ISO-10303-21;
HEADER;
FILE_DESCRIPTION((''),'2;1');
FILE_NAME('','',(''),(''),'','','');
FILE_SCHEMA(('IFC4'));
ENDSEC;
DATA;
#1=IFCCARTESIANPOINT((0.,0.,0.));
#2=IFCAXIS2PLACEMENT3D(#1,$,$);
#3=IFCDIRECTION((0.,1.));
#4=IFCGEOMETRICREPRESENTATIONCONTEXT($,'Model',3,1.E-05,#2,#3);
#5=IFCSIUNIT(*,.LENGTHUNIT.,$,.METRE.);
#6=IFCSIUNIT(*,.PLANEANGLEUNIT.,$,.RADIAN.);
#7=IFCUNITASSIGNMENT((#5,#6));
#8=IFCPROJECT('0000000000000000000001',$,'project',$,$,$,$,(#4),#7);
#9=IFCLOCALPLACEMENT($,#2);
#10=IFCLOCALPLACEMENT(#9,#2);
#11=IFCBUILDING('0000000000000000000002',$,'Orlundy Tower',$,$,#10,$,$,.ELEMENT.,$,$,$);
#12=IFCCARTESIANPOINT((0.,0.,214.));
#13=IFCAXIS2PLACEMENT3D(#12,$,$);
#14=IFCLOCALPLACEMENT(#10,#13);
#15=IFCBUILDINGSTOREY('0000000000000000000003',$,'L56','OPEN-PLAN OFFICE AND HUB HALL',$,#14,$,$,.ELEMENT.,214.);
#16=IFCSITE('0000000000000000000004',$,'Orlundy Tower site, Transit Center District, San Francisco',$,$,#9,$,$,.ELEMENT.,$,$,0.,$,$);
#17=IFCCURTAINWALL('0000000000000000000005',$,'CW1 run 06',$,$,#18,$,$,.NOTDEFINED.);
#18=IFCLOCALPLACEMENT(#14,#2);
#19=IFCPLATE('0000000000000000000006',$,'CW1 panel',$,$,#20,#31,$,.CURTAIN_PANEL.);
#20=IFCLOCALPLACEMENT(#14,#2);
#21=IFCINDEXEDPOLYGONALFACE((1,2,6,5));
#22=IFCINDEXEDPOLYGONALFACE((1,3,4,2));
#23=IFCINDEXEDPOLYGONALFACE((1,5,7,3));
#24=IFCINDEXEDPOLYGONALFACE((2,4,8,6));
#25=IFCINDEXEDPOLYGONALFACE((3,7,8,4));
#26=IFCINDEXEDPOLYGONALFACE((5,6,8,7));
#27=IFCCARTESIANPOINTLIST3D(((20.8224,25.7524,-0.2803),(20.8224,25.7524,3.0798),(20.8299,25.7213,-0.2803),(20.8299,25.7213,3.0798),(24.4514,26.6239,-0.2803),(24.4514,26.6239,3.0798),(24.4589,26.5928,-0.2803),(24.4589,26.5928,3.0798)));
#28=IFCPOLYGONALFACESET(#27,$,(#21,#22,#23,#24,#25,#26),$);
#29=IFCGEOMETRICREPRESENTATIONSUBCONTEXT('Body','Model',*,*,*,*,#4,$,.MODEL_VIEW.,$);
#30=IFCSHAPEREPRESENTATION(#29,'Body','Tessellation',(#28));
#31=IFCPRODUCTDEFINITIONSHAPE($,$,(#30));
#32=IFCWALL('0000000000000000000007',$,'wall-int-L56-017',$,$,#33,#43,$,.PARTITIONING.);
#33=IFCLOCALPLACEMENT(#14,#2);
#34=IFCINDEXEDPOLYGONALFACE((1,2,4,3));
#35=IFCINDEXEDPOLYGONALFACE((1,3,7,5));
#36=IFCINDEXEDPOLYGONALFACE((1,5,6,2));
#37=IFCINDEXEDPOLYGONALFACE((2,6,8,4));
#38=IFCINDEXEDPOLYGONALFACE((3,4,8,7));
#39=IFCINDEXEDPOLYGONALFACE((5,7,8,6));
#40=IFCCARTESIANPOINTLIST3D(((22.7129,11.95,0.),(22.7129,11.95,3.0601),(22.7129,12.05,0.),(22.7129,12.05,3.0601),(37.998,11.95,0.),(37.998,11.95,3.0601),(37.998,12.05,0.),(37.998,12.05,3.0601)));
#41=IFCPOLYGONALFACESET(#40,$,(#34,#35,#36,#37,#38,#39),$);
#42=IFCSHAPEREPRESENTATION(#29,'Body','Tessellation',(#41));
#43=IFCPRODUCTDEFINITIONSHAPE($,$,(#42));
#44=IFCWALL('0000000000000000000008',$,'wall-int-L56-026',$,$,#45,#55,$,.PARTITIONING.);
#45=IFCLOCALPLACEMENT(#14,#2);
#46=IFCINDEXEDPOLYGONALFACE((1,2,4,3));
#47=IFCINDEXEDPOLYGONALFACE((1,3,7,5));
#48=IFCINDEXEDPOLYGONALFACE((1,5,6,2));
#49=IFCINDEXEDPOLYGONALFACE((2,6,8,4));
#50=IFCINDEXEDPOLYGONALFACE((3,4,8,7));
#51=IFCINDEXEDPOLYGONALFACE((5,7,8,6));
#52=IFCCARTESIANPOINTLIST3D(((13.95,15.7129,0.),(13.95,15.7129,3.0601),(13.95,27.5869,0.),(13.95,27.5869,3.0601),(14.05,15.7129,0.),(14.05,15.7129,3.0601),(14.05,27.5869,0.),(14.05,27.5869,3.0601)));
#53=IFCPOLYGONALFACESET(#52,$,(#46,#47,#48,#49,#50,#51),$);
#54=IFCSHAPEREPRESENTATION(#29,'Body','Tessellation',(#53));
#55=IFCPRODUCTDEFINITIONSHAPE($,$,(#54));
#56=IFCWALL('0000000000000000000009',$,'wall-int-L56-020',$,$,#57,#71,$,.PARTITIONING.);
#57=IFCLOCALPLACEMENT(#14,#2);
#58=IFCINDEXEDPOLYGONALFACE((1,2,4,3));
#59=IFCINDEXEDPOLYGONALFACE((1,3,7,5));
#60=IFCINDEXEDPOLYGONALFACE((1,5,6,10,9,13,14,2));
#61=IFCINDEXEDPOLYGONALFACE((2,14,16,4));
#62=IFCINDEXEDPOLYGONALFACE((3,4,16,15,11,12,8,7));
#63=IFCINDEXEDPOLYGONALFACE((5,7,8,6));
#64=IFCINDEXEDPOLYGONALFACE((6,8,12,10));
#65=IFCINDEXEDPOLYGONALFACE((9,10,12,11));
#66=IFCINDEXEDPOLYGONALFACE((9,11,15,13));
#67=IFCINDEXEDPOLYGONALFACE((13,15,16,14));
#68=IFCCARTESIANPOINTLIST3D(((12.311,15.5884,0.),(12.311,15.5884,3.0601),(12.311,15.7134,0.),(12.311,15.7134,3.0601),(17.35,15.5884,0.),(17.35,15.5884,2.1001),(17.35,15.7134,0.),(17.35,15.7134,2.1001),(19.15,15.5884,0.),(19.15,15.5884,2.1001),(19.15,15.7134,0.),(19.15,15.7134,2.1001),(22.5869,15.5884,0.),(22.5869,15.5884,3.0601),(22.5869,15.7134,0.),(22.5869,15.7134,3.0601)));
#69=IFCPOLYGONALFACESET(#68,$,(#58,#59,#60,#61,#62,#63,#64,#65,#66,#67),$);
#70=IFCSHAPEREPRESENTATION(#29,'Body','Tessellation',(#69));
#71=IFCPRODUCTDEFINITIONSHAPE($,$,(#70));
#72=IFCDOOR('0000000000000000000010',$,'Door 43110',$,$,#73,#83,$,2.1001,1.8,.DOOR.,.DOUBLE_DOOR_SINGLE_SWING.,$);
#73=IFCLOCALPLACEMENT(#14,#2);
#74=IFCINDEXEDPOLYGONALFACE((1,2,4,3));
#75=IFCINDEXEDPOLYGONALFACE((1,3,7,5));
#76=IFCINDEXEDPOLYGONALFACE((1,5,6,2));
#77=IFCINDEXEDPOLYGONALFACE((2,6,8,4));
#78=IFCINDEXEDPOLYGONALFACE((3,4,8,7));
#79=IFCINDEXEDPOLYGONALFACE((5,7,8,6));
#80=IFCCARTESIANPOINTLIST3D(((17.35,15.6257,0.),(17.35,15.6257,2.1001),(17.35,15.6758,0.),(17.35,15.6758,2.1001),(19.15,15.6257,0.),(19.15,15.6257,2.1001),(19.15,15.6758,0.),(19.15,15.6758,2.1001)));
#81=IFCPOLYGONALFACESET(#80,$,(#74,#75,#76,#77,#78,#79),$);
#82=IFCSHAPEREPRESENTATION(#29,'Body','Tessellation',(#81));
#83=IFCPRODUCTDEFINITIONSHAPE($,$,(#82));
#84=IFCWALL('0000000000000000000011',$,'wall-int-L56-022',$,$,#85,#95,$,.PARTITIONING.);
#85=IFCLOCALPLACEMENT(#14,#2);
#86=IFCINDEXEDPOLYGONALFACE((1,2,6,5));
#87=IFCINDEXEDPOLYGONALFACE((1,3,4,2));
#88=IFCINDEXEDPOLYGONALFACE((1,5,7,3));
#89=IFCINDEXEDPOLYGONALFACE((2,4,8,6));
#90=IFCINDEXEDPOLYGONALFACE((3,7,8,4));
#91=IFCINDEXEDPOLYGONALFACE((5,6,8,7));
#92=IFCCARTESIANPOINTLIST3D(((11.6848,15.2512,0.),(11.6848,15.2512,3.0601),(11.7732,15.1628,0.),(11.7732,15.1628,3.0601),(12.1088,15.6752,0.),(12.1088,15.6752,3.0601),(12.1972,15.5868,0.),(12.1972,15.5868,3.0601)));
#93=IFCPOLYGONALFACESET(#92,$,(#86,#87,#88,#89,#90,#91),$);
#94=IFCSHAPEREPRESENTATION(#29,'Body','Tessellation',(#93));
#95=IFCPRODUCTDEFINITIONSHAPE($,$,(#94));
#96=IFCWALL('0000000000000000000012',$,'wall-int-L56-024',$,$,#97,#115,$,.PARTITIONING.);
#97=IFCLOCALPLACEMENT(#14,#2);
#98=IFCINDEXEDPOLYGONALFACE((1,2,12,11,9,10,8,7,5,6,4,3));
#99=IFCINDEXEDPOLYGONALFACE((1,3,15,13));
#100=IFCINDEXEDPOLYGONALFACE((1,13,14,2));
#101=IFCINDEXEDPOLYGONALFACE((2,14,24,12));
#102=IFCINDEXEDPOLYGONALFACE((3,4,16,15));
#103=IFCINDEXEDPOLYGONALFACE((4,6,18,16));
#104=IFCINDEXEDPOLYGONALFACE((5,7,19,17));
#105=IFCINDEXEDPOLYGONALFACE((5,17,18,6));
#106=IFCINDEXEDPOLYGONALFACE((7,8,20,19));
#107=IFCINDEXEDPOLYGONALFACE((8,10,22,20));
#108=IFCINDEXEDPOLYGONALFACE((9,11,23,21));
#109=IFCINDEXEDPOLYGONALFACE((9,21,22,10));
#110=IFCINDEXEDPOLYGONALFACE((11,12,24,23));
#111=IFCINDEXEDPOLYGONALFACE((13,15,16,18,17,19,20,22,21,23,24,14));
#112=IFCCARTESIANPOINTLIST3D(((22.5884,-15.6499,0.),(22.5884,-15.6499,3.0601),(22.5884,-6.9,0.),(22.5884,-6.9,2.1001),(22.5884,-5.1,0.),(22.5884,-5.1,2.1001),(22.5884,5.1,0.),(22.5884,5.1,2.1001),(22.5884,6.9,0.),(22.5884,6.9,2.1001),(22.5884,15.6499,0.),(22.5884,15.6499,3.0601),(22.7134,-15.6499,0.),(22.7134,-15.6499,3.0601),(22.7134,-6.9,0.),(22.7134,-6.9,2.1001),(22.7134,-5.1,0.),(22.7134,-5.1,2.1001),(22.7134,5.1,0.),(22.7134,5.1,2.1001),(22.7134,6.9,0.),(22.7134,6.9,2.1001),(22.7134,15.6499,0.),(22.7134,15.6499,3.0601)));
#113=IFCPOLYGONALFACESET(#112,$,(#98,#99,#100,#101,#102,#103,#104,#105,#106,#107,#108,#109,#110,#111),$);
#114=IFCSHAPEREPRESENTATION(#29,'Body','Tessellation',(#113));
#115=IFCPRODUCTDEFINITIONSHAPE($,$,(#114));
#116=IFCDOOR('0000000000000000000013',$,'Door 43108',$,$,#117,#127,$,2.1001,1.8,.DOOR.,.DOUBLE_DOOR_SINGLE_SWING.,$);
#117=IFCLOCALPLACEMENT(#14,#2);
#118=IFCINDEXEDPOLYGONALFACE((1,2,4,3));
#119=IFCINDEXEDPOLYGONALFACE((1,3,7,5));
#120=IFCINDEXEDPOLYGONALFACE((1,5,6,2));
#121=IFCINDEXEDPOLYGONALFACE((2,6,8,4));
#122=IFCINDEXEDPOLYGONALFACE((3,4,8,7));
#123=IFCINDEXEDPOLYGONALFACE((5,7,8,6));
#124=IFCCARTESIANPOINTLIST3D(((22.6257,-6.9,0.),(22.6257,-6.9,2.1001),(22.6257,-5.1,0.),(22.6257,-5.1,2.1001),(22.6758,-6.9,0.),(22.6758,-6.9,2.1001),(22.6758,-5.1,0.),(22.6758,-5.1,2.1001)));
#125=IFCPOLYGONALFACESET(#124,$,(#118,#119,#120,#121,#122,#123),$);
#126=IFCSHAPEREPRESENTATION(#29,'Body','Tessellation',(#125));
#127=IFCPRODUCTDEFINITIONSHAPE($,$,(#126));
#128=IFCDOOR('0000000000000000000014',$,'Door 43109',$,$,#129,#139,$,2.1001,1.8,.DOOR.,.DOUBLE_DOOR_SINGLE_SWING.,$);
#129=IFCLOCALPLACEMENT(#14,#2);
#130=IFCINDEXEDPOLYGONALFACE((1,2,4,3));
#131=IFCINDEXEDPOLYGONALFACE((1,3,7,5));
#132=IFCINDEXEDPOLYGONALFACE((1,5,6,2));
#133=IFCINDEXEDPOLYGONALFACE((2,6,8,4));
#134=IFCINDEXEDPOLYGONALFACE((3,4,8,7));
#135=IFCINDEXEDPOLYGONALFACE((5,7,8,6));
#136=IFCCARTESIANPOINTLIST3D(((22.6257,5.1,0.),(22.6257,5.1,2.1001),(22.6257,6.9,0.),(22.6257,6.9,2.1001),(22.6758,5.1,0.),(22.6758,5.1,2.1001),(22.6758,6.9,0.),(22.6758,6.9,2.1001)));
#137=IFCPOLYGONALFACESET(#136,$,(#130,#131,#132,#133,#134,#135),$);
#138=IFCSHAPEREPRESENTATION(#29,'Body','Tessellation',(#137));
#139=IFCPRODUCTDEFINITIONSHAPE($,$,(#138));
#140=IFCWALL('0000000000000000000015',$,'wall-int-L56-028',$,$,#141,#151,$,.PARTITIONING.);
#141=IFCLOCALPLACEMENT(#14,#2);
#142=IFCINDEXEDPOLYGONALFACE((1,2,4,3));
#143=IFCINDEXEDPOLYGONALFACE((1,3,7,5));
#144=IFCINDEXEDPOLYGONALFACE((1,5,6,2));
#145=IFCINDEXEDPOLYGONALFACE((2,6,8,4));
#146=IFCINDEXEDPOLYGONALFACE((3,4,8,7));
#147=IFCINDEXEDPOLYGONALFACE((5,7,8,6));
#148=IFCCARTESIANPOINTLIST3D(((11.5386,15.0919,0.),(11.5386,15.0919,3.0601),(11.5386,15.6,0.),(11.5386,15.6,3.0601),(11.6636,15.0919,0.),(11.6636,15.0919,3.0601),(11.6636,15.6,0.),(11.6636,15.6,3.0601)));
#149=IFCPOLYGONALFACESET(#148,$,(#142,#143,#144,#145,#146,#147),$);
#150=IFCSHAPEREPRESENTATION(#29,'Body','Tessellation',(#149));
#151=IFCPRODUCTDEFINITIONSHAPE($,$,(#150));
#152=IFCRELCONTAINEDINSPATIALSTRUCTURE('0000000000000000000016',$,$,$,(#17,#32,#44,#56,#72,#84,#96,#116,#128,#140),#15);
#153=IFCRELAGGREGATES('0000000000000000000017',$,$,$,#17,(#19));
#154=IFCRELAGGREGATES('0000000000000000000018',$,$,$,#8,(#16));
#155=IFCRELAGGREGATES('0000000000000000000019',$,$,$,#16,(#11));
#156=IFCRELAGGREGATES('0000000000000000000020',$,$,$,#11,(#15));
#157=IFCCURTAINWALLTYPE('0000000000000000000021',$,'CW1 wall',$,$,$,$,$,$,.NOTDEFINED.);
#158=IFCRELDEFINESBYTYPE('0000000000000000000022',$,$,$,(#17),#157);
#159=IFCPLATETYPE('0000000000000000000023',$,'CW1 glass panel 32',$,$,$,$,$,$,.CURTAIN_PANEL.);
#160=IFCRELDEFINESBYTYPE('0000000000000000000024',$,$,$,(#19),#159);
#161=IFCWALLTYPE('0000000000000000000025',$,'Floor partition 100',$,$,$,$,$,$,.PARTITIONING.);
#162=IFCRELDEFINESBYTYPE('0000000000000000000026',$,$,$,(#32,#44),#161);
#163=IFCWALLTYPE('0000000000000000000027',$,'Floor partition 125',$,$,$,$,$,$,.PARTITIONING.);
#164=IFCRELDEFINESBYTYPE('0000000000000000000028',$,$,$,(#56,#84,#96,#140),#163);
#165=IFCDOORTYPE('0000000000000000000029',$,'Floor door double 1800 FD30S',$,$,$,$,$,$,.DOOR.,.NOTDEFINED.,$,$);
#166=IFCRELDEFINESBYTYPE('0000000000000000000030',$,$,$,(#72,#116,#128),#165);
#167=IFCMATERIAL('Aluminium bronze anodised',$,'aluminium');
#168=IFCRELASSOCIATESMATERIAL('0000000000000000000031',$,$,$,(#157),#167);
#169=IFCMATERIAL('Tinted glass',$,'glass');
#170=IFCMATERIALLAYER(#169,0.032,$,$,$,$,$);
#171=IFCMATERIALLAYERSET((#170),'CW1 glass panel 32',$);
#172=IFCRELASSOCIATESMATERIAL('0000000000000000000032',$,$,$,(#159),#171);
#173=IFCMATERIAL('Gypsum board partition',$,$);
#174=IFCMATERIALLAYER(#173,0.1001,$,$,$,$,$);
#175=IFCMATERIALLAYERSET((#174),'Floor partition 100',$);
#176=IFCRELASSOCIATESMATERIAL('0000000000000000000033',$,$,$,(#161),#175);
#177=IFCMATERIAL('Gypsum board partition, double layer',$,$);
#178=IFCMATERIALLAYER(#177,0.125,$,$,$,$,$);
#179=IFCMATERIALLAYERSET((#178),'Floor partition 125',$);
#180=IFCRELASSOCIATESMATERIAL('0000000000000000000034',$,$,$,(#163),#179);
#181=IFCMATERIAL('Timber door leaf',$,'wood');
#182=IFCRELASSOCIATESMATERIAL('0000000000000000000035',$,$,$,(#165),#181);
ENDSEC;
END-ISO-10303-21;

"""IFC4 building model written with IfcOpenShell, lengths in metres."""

from ifc_helpers import new_model, si_unit, direction, frame, frame_2d, origin, origin_2d, place, context, subcontext, project, spatial, rectangle, extrude, material, layer, layer_set, type_object, element, fill, aggregate, save


model = new_model("IFC4")

# Units and contexts
model_context = context("Model", 3, precision=1e-05, world=origin(), true_north=direction((0.0, 1.0)))
body_context = subcontext(model_context, "Body", "Model", "MODEL_VIEW")
ifc_project = project(units=[si_unit("LENGTHUNIT", "METRE"), si_unit("PLANEANGLEUNIT", "RADIAN")], contexts=[model_context])

# Site, building, storey
site_placement = place(None, origin())
site = spatial("IfcSite", under=ifc_project, at=site_placement, Name="Orlundy Tower site, Transit Center District, San Francisco", CompositionType="ELEMENT", RefElevation=0.0)
building_placement = place(site_placement, origin())
building = spatial("IfcBuilding", under=site, at=building_placement, Name="Orlundy Tower", CompositionType="ELEMENT")
storey_placement = place(building_placement, frame((0.0, 0.0, 214.0)))
storey = spatial("IfcBuildingStorey", under=building, at=storey_placement, Name="L56", Description="OPEN-PLAN OFFICE AND HUB HALL", CompositionType="ELEMENT", Elevation=214.0)

# Curtain wall
ifc_material_1 = material(Name="Aluminium bronze anodised", Category="aluminium")
curtain_wall_type = type_object("IfcCurtainWallType", Name="CW1 wall", PredefinedType="NOTDEFINED", material=ifc_material_1)
curtain_wall_1_placement = place(storey_placement, origin())
curtain_wall_1 = element("IfcCurtainWall", 1, at=curtain_wall_1_placement, inside=storey, type_object=curtain_wall_type, Name="CW1 run 06", PredefinedType="NOTDEFINED")

# Plate
ifc_material_2 = material(Name="Tinted glass", Category="glass")
ifc_layer_1 = layer(ifc_material_2, 0.032)
ifc_layer_set_1 = layer_set([ifc_layer_1], Name="CW1 glass panel 32")
plate_type = type_object("IfcPlateType", Name="CW1 glass panel 32", PredefinedType="CURTAIN_PANEL", material=ifc_layer_set_1)
plate_1_placement = place(storey_placement, frame((22.6406, 26.1726, -0.2803), z_axis=(0.0, 0.0, 1.0), x_axis=(0.97235, 0.233529, 0.0)))
plate_1 = element("IfcPlate", 2, at=plate_1_placement, type_object=plate_type, Name="CW1 panel", PredefinedType="CURTAIN_PANEL", context=body_context, shape_type="SweptSolid", body=[
    extrude(rectangle(XDim=3.7322, YDim=0.032, at=origin_2d()), origin(), (0.0, 0.0, 1.0), 3.3601),
])
aggregate(curtain_wall_1, [plate_1])

# Walls
ifc_material_3 = material(Name="Gypsum board partition")
ifc_layer_2 = layer(ifc_material_3, 0.1001)
ifc_layer_set_2 = layer_set([ifc_layer_2], Name="Floor partition 100")
wall_type_1 = type_object("IfcWallType", Name="Floor partition 100", PredefinedType="PARTITIONING", material=ifc_layer_set_2)
wall_1_placement = place(storey_placement, frame((22.7129, 12.0, 0.0), z_axis=(0.0, 0.0, 1.0), x_axis=(1.0, 0.0, 0.0)))
element("IfcWall", 3, at=wall_1_placement, inside=storey, type_object=wall_type_1, Name="wall-int-L56-017", PredefinedType="PARTITIONING", context=body_context, shape_type="SweptSolid", body=[
    extrude(rectangle(XDim=15.2852, YDim=0.1001, at=frame_2d((7.6426, 0.0))), origin(), (0.0, 0.0, 1.0), 3.0601),
])
wall_2_placement = place(storey_placement, frame((14.0, 15.7129, 0.0), z_axis=(0.0, 0.0, 1.0), x_axis=(0.0, 1.0, 0.0)))
element("IfcWall", 4, at=wall_2_placement, inside=storey, type_object=wall_type_1, Name="wall-int-L56-026", PredefinedType="PARTITIONING", context=body_context, shape_type="SweptSolid", body=[
    extrude(rectangle(XDim=11.874, YDim=0.1001, at=frame_2d((5.937, 0.0))), origin(), (0.0, 0.0, 1.0), 3.0601),
])

# Wall, opening, door
ifc_material_4 = material(Name="Gypsum board partition, double layer")
ifc_layer_3 = layer(ifc_material_4, 0.125)
ifc_layer_set_3 = layer_set([ifc_layer_3], Name="Floor partition 125")
wall_type_2 = type_object("IfcWallType", Name="Floor partition 125", PredefinedType="PARTITIONING", material=ifc_layer_set_3)
wall_3_placement = place(storey_placement, frame((12.311, 15.6509, 0.0), z_axis=(0.0, 0.0, 1.0), x_axis=(1.0, 0.0, 0.0)))
wall_3 = element("IfcWall", 5, at=wall_3_placement, inside=storey, type_object=wall_type_2, Name="wall-int-L56-020", PredefinedType="PARTITIONING", context=body_context, shape_type="SweptSolid", body=[
    extrude(rectangle(XDim=10.2759, YDim=0.125, at=frame_2d((5.1379, 0.0))), origin(), (0.0, 0.0, 1.0), 3.0601),
])
opening_1_placement = place(wall_3_placement, frame((5.0391, 0.0, 0.0)))
opening_1 = element("IfcOpeningElement", 6, at=opening_1_placement, cuts=wall_3, PredefinedType="OPENING", context=body_context, shape_type="SweptSolid", body=[
    extrude(rectangle(XDim=1.8, YDim=2.1001, at=frame_2d((0.8999, 1.05))), frame((0.0, 0.0725, 0.0), z_axis=(0.0, -1.0, 0.0), x_axis=(1.0, 0.0, 0.0)), (0.0, 0.0, 1.0), 0.145),
])
ifc_material_5 = material(Name="Timber door leaf", Category="wood")
door_type = type_object("IfcDoorType", Name="Floor door double 1800 FD30S", OperationType="NOTDEFINED", PredefinedType="DOOR", material=ifc_material_5)
door_1_placement = place(opening_1_placement, origin())
door_1 = element("IfcDoor", 7, at=door_1_placement, inside=storey, type_object=door_type, Name="Door 43110", OperationType="DOUBLE_DOOR_SINGLE_SWING", OverallHeight=2.1001, OverallWidth=1.8, PredefinedType="DOOR", context=body_context, shape_type="SweptSolid", body=[
    extrude(rectangle(XDim=1.8, YDim=2.1001, at=frame_2d((0.8999, 1.05))), frame((0.0, 0.0249, 0.0), z_axis=(0.0, -1.0, 0.0), x_axis=(1.0, 0.0, 0.0)), (0.0, 0.0, 1.0), 0.05),
])
fill(opening_1, door_1)

# Wall
wall_4_placement = place(storey_placement, frame((11.729, 15.207, 0.0), z_axis=(0.0, 0.0, 1.0), x_axis=(0.707107, 0.707107, 0.0)))
element("IfcWall", 8, at=wall_4_placement, inside=storey, type_object=wall_type_2, Name="wall-int-L56-022", PredefinedType="PARTITIONING", context=body_context, shape_type="SweptSolid", body=[
    extrude(rectangle(XDim=0.5996, YDim=0.125, at=frame_2d((0.2998, 0.0))), origin(), (0.0, 0.0, 1.0), 3.0601),
])

# Wall, openings, doors
wall_5_placement = place(storey_placement, frame((22.6509, 15.6499, 0.0), z_axis=(0.0, 0.0, 1.0), x_axis=(0.0, -1.0, 0.0)))
wall_5 = element("IfcWall", 9, at=wall_5_placement, inside=storey, type_object=wall_type_2, Name="wall-int-L56-024", PredefinedType="PARTITIONING", context=body_context, shape_type="SweptSolid", body=[
    extrude(rectangle(XDim=31.2998, YDim=0.125, at=frame_2d((15.6499, 0.0))), origin(), (0.0, 0.0, 1.0), 3.0601),
])
opening_2_placement = place(wall_5_placement, frame((20.75, 0.0, 0.0)))
opening_2 = element("IfcOpeningElement", 10, at=opening_2_placement, cuts=wall_5, PredefinedType="OPENING", context=body_context, shape_type="SweptSolid", body=[
    extrude(rectangle(XDim=1.8, YDim=2.1001, at=frame_2d((0.8999, 1.05))), frame((0.0, 0.0725, 0.0), z_axis=(0.0, -1.0, 0.0), x_axis=(1.0, 0.0, 0.0)), (0.0, 0.0, 1.0), 0.145),
])
opening_3_placement = place(wall_5_placement, frame((8.75, 0.0, 0.0)))
opening_3 = element("IfcOpeningElement", 11, at=opening_3_placement, cuts=wall_5, PredefinedType="OPENING", context=body_context, shape_type="SweptSolid", body=[
    extrude(rectangle(XDim=1.8, YDim=2.1001, at=frame_2d((0.8999, 1.05))), frame((0.0, 0.0725, 0.0), z_axis=(0.0, -1.0, 0.0), x_axis=(1.0, 0.0, 0.0)), (0.0, 0.0, 1.0), 0.145),
])
door_2_placement = place(opening_2_placement, origin())
door_2 = element("IfcDoor", 12, at=door_2_placement, inside=storey, type_object=door_type, Name="Door 43108", OperationType="DOUBLE_DOOR_SINGLE_SWING", OverallHeight=2.1001, OverallWidth=1.8, PredefinedType="DOOR", context=body_context, shape_type="SweptSolid", body=[
    extrude(rectangle(XDim=1.8, YDim=2.1001, at=frame_2d((0.8999, 1.05))), frame((0.0, 0.0249, 0.0), z_axis=(0.0, -1.0, 0.0), x_axis=(1.0, 0.0, 0.0)), (0.0, 0.0, 1.0), 0.05),
])
fill(opening_2, door_2)
door_3_placement = place(opening_3_placement, origin())
door_3 = element("IfcDoor", 13, at=door_3_placement, inside=storey, type_object=door_type, Name="Door 43109", OperationType="DOUBLE_DOOR_SINGLE_SWING", OverallHeight=2.1001, OverallWidth=1.8, PredefinedType="DOOR", context=body_context, shape_type="SweptSolid", body=[
    extrude(rectangle(XDim=1.8, YDim=2.1001, at=frame_2d((0.8999, 1.05))), frame((0.0, 0.0249, 0.0), z_axis=(0.0, -1.0, 0.0), x_axis=(1.0, 0.0, 0.0)), (0.0, 0.0, 1.0), 0.05),
])
fill(opening_3, door_3)

# Wall
wall_6_placement = place(storey_placement, frame((11.6011, 15.092, 0.0), z_axis=(0.0, 0.0, 1.0), x_axis=(0.0, 1.0, 0.0)))
element("IfcWall", 14, at=wall_6_placement, inside=storey, type_object=wall_type_2, Name="wall-int-L56-028", PredefinedType="PARTITIONING", context=body_context, shape_type="SweptSolid", body=[
    extrude(rectangle(XDim=0.5081, YDim=0.125, at=frame_2d((0.2539, 0.0))), origin(), (0.0, 0.0, 1.0), 3.0601),
])

save(model, "model.ifc")
